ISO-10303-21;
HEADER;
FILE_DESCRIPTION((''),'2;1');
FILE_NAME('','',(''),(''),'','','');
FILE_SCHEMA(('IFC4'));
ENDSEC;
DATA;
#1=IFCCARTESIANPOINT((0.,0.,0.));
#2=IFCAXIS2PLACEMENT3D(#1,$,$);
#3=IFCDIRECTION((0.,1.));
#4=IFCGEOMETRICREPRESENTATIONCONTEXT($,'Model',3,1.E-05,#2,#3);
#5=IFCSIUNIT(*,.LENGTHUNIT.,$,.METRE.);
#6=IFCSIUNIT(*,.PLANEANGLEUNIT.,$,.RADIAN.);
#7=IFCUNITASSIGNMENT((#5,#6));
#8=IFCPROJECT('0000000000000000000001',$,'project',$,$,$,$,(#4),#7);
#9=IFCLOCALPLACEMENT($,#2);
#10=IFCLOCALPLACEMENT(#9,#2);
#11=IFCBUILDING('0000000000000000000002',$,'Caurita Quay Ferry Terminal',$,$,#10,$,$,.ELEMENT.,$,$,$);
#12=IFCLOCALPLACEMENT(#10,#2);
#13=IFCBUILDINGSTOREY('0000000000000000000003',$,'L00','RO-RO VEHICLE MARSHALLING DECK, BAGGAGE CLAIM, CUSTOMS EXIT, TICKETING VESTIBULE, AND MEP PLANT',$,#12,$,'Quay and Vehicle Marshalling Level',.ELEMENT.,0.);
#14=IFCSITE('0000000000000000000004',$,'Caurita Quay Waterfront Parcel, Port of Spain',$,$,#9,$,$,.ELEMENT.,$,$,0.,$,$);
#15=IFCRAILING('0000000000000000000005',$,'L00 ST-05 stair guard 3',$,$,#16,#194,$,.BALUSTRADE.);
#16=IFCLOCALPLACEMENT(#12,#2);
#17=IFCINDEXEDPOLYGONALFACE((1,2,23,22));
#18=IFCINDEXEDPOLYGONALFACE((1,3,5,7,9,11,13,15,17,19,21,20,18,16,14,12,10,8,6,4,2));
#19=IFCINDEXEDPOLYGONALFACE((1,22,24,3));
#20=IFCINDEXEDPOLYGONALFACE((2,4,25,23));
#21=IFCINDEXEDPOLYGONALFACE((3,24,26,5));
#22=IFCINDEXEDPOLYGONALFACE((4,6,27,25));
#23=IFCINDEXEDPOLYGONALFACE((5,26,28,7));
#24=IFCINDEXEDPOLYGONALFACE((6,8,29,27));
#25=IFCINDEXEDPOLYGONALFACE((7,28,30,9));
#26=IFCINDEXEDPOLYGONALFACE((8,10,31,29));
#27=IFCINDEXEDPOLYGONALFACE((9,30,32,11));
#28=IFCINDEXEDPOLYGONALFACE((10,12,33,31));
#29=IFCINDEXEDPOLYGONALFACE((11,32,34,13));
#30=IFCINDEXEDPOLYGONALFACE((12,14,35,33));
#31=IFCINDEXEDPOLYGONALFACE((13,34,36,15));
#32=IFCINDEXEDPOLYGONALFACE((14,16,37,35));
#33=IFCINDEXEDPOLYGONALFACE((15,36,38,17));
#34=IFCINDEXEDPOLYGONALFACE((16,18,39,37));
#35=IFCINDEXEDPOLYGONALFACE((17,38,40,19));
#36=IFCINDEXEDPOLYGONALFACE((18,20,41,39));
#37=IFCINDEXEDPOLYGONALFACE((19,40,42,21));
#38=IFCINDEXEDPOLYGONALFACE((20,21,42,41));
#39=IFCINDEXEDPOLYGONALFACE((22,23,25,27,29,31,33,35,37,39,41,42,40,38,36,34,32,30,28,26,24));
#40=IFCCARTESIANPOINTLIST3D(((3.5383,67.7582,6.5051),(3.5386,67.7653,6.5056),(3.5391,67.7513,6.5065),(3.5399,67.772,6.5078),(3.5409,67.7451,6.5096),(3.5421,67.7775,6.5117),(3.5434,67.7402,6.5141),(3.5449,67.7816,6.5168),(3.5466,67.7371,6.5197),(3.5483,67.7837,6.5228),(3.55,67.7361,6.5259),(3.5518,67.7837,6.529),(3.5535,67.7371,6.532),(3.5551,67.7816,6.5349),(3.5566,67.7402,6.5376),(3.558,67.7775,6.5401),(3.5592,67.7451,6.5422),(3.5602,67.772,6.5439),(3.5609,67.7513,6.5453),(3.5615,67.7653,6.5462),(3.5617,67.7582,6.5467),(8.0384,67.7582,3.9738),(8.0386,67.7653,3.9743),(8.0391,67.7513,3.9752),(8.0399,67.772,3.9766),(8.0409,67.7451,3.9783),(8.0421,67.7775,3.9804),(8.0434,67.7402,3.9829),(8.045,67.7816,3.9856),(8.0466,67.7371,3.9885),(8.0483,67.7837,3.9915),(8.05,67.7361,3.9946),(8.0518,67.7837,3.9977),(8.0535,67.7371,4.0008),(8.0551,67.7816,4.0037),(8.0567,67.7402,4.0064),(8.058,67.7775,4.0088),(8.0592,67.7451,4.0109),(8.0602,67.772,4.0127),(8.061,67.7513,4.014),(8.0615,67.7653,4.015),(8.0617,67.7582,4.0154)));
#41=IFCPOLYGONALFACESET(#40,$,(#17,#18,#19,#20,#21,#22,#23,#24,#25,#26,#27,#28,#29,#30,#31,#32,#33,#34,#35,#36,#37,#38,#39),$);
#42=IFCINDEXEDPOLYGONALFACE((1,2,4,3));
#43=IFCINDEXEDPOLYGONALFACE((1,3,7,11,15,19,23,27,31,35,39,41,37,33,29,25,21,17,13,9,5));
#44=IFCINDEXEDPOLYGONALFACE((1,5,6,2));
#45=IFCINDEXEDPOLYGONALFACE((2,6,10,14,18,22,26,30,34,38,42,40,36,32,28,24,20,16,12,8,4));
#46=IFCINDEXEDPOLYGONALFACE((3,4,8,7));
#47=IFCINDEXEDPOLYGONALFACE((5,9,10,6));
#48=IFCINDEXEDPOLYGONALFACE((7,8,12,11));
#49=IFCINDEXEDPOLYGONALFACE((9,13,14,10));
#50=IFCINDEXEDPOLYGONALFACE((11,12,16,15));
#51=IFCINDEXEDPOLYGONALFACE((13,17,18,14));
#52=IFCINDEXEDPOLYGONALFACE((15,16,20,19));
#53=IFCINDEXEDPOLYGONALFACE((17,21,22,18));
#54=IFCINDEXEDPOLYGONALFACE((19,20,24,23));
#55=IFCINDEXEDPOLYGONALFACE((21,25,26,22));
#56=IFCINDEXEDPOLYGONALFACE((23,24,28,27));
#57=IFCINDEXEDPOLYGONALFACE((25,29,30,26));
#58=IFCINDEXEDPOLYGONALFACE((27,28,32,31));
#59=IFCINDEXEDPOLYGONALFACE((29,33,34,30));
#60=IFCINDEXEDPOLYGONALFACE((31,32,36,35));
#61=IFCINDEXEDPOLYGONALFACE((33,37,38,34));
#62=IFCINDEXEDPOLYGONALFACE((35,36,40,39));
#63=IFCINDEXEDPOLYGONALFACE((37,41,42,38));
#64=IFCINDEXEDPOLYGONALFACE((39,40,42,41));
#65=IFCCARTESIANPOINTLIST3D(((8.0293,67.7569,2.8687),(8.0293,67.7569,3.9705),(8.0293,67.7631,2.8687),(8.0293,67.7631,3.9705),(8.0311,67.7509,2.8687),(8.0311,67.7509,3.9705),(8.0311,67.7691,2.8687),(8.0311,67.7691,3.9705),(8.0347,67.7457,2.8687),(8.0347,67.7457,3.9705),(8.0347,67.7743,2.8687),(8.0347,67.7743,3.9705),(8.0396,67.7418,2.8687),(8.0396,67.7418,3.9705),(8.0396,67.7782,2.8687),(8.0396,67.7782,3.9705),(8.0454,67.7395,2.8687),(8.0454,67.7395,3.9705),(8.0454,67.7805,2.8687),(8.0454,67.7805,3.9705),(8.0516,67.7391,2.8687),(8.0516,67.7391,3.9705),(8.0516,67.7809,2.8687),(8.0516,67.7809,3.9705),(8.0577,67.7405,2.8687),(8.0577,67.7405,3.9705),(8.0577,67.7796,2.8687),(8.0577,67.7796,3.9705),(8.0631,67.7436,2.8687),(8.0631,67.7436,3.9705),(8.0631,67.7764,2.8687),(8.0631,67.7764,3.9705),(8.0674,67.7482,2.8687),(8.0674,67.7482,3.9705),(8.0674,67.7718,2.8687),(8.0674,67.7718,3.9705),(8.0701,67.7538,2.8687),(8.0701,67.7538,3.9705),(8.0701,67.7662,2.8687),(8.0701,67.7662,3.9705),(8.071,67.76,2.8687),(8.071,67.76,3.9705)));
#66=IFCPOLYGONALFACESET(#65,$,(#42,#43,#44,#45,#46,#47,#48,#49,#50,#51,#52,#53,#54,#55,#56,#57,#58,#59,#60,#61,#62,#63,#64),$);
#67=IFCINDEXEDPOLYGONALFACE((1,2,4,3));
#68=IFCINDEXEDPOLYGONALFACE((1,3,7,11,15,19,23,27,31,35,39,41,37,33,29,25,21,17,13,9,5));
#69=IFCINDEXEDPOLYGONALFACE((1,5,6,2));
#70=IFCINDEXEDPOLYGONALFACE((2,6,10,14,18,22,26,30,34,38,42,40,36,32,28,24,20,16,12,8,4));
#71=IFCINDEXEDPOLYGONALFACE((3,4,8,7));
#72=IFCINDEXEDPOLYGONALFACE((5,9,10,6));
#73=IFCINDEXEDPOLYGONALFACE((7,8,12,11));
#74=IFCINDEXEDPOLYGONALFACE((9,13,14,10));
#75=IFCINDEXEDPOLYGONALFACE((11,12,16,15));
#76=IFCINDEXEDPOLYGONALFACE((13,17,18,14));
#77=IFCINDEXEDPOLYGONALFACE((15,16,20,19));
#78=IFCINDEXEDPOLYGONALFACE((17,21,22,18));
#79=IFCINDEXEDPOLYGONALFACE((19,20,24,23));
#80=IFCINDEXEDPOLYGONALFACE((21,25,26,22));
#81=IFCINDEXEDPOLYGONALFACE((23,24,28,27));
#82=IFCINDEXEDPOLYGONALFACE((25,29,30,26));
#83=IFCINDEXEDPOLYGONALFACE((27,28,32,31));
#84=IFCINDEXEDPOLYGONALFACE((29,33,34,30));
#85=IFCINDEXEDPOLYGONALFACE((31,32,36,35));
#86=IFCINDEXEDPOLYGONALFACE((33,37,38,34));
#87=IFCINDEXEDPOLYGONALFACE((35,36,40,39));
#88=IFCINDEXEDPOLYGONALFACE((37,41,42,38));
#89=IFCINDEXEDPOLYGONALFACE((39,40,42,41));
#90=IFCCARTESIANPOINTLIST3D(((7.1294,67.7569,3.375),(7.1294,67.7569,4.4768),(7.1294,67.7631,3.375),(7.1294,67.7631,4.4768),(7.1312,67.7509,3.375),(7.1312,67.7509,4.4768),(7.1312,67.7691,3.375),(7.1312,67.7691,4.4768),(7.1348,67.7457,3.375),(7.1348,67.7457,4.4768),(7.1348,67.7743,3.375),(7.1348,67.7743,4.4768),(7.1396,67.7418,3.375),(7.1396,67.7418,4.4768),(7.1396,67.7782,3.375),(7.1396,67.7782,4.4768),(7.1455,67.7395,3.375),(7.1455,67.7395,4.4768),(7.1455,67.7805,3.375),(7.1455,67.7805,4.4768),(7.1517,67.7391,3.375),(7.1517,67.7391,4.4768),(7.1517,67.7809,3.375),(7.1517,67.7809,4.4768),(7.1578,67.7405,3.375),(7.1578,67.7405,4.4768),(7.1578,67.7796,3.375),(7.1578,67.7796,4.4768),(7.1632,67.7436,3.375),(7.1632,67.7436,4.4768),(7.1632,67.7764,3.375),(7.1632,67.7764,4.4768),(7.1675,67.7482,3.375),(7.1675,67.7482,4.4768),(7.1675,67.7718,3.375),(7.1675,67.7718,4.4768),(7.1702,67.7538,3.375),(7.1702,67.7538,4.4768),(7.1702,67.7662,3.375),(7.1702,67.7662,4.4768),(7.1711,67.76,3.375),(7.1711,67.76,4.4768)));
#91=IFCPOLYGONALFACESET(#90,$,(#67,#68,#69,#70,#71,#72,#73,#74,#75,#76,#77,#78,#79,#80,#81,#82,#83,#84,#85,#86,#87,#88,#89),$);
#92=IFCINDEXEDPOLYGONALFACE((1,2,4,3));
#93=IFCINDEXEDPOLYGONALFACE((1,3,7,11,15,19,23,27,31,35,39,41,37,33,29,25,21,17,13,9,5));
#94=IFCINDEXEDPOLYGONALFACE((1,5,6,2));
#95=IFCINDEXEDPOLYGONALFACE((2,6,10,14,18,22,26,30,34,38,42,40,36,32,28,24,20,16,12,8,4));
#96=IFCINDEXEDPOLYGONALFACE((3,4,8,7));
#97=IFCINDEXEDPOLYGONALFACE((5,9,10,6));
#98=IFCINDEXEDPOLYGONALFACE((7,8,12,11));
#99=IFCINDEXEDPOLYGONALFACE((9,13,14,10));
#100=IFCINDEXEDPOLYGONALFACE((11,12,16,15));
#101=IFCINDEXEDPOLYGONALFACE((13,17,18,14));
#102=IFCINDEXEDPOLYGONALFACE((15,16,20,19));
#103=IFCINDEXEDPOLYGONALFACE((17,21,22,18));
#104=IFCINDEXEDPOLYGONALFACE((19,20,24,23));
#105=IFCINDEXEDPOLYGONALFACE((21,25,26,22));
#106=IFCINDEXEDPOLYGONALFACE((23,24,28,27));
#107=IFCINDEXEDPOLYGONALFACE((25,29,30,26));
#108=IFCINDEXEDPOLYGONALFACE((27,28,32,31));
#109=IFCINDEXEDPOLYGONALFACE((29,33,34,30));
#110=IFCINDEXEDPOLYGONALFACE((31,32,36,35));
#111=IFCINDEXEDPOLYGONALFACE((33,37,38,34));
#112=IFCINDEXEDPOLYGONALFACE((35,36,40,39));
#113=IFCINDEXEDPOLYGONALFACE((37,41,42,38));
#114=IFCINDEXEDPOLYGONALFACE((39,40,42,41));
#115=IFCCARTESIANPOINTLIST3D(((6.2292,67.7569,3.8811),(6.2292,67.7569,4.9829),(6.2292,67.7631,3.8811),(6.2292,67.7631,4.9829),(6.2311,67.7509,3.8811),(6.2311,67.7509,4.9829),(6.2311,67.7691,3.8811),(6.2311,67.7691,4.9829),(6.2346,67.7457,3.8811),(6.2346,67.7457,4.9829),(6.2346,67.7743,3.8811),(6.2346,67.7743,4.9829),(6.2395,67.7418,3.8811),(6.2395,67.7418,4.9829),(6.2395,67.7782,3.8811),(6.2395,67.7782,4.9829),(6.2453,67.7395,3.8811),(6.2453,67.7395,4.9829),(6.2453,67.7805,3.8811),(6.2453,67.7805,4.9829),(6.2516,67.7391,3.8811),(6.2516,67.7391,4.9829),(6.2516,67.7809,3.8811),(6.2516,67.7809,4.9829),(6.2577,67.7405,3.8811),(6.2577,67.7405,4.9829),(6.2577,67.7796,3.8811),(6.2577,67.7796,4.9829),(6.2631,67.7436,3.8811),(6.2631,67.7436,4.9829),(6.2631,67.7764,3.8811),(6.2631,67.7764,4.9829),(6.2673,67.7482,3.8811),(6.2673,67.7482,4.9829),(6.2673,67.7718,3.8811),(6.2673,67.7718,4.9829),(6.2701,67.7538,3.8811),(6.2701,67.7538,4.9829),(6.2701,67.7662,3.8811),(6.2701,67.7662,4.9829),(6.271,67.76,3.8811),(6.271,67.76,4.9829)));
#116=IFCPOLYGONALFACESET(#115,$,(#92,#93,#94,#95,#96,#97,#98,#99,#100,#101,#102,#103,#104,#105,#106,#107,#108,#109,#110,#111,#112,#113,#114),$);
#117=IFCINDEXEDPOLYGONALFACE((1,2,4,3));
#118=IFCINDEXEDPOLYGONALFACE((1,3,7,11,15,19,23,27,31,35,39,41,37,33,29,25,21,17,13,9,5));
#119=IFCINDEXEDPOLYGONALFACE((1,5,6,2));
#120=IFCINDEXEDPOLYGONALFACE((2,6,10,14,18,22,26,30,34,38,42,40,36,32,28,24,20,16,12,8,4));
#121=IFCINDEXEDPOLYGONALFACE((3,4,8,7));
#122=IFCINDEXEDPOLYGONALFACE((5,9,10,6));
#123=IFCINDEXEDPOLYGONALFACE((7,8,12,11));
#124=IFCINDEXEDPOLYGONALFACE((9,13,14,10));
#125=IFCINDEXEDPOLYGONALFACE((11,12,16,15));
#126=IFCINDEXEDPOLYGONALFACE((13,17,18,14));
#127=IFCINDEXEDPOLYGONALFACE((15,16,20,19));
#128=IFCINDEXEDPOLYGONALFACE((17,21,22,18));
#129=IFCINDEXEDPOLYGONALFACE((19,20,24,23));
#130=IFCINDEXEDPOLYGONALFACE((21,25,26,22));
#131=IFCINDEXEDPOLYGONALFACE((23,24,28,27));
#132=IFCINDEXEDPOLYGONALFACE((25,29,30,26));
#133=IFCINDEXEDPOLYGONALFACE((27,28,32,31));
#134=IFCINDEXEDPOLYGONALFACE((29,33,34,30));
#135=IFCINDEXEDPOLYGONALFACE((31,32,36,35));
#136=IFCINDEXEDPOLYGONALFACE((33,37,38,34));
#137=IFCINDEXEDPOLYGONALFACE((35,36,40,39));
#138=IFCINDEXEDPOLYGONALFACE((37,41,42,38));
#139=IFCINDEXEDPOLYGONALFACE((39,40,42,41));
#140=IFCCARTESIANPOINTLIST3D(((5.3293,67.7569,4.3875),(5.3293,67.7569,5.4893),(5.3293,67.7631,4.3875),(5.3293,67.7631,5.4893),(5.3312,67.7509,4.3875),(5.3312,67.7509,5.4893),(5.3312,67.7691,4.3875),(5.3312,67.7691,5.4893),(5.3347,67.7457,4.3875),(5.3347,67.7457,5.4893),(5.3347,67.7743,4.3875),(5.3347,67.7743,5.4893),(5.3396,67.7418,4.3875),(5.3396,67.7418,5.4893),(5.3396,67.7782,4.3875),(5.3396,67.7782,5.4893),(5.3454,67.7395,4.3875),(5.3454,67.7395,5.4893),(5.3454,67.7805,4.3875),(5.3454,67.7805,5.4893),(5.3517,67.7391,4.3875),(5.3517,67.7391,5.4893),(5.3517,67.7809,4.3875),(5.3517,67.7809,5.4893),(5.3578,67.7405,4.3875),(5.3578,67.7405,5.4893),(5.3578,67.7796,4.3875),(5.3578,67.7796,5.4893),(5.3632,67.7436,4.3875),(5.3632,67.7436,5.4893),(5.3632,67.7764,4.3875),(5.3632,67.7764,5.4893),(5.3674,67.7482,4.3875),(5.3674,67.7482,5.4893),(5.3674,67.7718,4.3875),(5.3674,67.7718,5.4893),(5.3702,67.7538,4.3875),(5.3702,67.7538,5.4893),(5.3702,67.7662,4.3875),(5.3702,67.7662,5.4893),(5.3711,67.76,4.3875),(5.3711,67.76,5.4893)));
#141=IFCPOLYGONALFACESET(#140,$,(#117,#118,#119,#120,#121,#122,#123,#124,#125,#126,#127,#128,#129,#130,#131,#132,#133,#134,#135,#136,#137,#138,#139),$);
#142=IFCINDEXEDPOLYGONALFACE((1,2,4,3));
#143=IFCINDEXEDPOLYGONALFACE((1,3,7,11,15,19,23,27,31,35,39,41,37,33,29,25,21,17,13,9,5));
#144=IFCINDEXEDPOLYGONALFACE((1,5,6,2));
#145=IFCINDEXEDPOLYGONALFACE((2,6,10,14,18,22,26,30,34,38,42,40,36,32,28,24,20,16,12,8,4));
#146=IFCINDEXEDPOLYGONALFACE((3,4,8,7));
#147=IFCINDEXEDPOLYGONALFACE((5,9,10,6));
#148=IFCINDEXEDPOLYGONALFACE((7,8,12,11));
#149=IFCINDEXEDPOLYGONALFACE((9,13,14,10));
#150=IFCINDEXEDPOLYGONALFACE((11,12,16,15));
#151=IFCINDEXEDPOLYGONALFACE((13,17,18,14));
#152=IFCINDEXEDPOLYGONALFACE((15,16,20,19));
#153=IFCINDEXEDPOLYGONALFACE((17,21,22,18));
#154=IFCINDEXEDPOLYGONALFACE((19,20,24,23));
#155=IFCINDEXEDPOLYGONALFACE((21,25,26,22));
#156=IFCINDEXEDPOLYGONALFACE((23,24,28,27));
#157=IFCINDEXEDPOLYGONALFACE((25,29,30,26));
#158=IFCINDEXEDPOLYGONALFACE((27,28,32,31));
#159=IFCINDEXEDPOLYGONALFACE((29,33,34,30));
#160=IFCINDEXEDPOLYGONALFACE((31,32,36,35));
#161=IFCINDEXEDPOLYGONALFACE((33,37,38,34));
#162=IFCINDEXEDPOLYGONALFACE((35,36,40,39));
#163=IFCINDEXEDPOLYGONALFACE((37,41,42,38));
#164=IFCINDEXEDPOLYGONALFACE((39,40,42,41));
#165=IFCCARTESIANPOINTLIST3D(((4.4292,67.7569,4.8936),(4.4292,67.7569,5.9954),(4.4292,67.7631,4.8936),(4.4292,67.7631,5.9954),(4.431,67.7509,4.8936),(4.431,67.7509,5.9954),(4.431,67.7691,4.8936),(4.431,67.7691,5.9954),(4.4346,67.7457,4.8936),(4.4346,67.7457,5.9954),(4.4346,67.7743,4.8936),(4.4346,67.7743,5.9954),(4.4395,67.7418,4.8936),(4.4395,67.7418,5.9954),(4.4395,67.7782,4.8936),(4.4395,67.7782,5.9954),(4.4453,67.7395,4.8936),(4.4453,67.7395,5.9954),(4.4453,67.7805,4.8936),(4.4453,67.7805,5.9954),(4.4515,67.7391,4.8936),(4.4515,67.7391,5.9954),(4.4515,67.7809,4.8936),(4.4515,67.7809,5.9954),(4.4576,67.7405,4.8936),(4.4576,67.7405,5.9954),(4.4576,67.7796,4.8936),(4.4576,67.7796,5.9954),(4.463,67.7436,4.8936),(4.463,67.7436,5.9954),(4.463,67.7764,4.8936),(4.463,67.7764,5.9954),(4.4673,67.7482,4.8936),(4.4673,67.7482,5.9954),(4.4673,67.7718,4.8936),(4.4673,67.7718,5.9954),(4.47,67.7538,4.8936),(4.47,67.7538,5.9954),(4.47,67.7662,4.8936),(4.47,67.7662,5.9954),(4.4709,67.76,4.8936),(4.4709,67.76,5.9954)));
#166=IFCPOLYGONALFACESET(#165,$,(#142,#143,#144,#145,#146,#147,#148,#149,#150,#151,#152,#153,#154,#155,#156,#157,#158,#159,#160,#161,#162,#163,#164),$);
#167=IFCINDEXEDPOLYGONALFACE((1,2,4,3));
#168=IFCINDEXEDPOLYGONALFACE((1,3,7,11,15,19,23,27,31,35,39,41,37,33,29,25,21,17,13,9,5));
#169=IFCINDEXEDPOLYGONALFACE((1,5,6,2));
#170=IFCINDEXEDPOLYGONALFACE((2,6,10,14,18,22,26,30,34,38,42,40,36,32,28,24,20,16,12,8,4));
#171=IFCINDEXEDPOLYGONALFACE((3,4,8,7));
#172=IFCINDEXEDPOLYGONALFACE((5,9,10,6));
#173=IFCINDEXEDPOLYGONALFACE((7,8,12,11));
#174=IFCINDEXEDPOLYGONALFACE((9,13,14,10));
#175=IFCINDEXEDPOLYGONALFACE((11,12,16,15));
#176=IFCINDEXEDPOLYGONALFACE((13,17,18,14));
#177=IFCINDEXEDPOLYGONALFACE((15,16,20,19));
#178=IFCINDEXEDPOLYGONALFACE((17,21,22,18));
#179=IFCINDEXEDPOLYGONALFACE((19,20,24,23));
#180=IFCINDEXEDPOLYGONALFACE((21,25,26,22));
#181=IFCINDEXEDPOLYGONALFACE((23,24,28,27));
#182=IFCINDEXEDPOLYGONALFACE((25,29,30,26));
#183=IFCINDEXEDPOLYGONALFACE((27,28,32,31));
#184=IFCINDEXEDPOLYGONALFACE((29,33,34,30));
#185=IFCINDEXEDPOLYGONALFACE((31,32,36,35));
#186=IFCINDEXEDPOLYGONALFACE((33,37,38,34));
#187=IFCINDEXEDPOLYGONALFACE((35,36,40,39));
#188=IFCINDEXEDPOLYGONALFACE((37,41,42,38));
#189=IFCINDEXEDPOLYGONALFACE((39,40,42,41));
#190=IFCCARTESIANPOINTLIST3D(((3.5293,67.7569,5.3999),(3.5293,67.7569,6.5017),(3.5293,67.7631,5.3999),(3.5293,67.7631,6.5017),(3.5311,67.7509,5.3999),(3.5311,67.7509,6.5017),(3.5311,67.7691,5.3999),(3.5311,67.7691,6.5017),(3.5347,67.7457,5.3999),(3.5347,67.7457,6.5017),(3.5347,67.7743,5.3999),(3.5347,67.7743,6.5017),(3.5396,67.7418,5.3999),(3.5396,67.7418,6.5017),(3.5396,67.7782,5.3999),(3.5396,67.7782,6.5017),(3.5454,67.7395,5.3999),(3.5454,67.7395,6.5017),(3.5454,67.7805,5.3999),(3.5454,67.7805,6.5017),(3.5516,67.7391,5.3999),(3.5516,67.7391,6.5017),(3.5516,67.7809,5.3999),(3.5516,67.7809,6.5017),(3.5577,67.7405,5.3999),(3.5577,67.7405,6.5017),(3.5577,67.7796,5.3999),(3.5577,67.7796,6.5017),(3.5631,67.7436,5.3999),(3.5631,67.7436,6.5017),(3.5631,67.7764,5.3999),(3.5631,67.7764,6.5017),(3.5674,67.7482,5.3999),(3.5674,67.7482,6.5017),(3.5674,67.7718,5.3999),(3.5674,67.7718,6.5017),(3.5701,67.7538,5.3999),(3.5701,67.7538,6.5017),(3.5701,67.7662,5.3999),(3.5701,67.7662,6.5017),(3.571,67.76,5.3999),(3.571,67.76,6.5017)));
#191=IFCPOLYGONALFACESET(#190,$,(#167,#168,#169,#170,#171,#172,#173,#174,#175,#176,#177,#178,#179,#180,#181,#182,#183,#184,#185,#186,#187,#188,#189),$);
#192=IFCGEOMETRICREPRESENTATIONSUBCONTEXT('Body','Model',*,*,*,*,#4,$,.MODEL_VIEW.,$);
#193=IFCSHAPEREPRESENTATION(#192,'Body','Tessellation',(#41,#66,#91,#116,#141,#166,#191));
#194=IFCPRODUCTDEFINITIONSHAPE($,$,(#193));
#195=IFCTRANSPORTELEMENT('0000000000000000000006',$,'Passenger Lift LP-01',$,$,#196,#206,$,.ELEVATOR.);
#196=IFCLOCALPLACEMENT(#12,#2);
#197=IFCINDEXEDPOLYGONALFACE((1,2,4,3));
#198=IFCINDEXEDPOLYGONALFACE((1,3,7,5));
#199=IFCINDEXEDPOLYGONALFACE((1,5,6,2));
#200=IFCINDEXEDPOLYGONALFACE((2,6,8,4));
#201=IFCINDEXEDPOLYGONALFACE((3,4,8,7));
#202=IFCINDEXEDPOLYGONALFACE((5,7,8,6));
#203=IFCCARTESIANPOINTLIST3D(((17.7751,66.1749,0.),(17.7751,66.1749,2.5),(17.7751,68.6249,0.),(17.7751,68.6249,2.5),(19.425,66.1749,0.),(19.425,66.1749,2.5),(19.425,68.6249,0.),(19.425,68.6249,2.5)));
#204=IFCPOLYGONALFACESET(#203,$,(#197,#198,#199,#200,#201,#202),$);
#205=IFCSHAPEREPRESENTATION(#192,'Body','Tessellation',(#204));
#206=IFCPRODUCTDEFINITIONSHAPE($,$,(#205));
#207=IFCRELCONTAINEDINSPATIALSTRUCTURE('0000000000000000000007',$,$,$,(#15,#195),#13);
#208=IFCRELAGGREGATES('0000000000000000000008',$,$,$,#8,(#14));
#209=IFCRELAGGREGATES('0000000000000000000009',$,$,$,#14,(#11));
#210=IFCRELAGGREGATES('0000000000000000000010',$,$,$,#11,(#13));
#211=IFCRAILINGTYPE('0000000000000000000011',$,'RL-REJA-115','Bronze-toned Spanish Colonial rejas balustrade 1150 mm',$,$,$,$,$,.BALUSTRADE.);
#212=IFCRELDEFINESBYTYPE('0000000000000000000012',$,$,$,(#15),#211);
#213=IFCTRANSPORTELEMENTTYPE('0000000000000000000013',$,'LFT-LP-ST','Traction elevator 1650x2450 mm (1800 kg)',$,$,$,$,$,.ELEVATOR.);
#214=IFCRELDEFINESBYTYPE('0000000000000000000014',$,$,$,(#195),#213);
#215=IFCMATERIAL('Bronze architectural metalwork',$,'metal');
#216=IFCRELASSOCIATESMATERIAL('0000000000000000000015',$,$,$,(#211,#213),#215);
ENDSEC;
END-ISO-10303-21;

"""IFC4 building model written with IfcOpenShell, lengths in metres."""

from ifc_helpers import new_model, si_unit, direction, frame, origin, origin_2d, place, context, subcontext, project, spatial, rectangle, circle, extrude, material, type_object, element, save


model = new_model("IFC4")

# Units and contexts
model_context = context("Model", 3, precision=1e-05, world=origin(), true_north=direction((0.0, 1.0)))
body_context = subcontext(model_context, "Body", "Model", "MODEL_VIEW")
ifc_project = project(units=[si_unit("LENGTHUNIT", "METRE"), si_unit("PLANEANGLEUNIT", "RADIAN")], contexts=[model_context])

# Site, building, storey
site_placement = place(None, origin())
site = spatial("IfcSite", under=ifc_project, at=site_placement, Name="Caurita Quay Waterfront Parcel, Port of Spain", CompositionType="ELEMENT", RefElevation=0.0)
building_placement = place(site_placement, origin())
building = spatial("IfcBuilding", under=site, at=building_placement, Name="Caurita Quay Ferry Terminal", CompositionType="ELEMENT")
storey_placement = place(building_placement, origin())
storey = spatial("IfcBuildingStorey", under=building, at=storey_placement, Name="L00", Description="RO-RO VEHICLE MARSHALLING DECK, BAGGAGE CLAIM, CUSTOMS EXIT, TICKETING VESTIBULE, AND MEP PLANT", LongName="Quay and Vehicle Marshalling Level", CompositionType="ELEMENT", Elevation=0.0)

# Shared definitions
ifc_material_1 = material(Name="Bronze architectural metalwork", Category="metal")

# Railing
railing_type_1 = type_object("IfcRailingType", Name="RL-REJA-115", Description="Bronze-toned Spanish Colonial rejas balustrade 1150 mm", PredefinedType="BALUSTRADE", material=ifc_material_1)
railing_1_placement = place(storey_placement, frame((8.05, 67.76, 2.8687)))
element("IfcRailing", 1, at=railing_1_placement, inside=storey, type_object=railing_type_1, Name="L00 ST-05 stair guard 3", PredefinedType="BALUSTRADE", context=body_context, shape_type="SweptSolid", body=[
    extrude(circle(Radius=0.0239, at=origin_2d()), frame((0.0, 0.0, 1.126), z_axis=(-0.871576, 0.0, 0.490261), x_axis=(0.0, -1.0, 0.0)), (0.0, 0.0, 1.0), 5.1631),
    extrude(circle(Radius=0.021, at=origin_2d()), origin(), (0.0, 0.0, 1.0), 1.1018),
    extrude(circle(Radius=0.021, at=origin_2d()), frame((-0.8999, 0.0, 0.5063)), (0.0, 0.0, 1.0), 1.1018),
    extrude(circle(Radius=0.021, at=origin_2d()), frame((-1.8, 0.0, 1.0125)), (0.0, 0.0, 1.0), 1.1018),
    extrude(circle(Radius=0.021, at=origin_2d()), frame((-2.7, 0.0, 1.5188)), (0.0, 0.0, 1.0), 1.1018),
    extrude(circle(Radius=0.021, at=origin_2d()), frame((-3.6001, 0.0, 2.0249)), (0.0, 0.0, 1.0), 1.1018),
    extrude(circle(Radius=0.021, at=origin_2d()), frame((-4.5, 0.0, 2.5312)), (0.0, 0.0, 1.0), 1.1018),
])

# Transport element
transport_element_type = type_object("IfcTransportElementType", Name="LFT-LP-ST", Description="Traction elevator 1650x2450 mm (1800 kg)", PredefinedType="ELEVATOR", material=ifc_material_1)
transport_element_placement = place(storey_placement, frame((18.6001, 67.3999, 0.0), z_axis=(0.0, 0.0, 1.0), x_axis=(1.0, 0.0, 0.0)))
element("IfcTransportElement", 2, at=transport_element_placement, inside=storey, type_object=transport_element_type, Name="Passenger Lift LP-01", PredefinedType="ELEVATOR", context=body_context, shape_type="SweptSolid", body=[
    extrude(rectangle(XDim=1.6499, YDim=2.45, at=origin_2d()), origin(), (0.0, 0.0, 1.0), 2.5),
])

save(model, "model.ifc")
